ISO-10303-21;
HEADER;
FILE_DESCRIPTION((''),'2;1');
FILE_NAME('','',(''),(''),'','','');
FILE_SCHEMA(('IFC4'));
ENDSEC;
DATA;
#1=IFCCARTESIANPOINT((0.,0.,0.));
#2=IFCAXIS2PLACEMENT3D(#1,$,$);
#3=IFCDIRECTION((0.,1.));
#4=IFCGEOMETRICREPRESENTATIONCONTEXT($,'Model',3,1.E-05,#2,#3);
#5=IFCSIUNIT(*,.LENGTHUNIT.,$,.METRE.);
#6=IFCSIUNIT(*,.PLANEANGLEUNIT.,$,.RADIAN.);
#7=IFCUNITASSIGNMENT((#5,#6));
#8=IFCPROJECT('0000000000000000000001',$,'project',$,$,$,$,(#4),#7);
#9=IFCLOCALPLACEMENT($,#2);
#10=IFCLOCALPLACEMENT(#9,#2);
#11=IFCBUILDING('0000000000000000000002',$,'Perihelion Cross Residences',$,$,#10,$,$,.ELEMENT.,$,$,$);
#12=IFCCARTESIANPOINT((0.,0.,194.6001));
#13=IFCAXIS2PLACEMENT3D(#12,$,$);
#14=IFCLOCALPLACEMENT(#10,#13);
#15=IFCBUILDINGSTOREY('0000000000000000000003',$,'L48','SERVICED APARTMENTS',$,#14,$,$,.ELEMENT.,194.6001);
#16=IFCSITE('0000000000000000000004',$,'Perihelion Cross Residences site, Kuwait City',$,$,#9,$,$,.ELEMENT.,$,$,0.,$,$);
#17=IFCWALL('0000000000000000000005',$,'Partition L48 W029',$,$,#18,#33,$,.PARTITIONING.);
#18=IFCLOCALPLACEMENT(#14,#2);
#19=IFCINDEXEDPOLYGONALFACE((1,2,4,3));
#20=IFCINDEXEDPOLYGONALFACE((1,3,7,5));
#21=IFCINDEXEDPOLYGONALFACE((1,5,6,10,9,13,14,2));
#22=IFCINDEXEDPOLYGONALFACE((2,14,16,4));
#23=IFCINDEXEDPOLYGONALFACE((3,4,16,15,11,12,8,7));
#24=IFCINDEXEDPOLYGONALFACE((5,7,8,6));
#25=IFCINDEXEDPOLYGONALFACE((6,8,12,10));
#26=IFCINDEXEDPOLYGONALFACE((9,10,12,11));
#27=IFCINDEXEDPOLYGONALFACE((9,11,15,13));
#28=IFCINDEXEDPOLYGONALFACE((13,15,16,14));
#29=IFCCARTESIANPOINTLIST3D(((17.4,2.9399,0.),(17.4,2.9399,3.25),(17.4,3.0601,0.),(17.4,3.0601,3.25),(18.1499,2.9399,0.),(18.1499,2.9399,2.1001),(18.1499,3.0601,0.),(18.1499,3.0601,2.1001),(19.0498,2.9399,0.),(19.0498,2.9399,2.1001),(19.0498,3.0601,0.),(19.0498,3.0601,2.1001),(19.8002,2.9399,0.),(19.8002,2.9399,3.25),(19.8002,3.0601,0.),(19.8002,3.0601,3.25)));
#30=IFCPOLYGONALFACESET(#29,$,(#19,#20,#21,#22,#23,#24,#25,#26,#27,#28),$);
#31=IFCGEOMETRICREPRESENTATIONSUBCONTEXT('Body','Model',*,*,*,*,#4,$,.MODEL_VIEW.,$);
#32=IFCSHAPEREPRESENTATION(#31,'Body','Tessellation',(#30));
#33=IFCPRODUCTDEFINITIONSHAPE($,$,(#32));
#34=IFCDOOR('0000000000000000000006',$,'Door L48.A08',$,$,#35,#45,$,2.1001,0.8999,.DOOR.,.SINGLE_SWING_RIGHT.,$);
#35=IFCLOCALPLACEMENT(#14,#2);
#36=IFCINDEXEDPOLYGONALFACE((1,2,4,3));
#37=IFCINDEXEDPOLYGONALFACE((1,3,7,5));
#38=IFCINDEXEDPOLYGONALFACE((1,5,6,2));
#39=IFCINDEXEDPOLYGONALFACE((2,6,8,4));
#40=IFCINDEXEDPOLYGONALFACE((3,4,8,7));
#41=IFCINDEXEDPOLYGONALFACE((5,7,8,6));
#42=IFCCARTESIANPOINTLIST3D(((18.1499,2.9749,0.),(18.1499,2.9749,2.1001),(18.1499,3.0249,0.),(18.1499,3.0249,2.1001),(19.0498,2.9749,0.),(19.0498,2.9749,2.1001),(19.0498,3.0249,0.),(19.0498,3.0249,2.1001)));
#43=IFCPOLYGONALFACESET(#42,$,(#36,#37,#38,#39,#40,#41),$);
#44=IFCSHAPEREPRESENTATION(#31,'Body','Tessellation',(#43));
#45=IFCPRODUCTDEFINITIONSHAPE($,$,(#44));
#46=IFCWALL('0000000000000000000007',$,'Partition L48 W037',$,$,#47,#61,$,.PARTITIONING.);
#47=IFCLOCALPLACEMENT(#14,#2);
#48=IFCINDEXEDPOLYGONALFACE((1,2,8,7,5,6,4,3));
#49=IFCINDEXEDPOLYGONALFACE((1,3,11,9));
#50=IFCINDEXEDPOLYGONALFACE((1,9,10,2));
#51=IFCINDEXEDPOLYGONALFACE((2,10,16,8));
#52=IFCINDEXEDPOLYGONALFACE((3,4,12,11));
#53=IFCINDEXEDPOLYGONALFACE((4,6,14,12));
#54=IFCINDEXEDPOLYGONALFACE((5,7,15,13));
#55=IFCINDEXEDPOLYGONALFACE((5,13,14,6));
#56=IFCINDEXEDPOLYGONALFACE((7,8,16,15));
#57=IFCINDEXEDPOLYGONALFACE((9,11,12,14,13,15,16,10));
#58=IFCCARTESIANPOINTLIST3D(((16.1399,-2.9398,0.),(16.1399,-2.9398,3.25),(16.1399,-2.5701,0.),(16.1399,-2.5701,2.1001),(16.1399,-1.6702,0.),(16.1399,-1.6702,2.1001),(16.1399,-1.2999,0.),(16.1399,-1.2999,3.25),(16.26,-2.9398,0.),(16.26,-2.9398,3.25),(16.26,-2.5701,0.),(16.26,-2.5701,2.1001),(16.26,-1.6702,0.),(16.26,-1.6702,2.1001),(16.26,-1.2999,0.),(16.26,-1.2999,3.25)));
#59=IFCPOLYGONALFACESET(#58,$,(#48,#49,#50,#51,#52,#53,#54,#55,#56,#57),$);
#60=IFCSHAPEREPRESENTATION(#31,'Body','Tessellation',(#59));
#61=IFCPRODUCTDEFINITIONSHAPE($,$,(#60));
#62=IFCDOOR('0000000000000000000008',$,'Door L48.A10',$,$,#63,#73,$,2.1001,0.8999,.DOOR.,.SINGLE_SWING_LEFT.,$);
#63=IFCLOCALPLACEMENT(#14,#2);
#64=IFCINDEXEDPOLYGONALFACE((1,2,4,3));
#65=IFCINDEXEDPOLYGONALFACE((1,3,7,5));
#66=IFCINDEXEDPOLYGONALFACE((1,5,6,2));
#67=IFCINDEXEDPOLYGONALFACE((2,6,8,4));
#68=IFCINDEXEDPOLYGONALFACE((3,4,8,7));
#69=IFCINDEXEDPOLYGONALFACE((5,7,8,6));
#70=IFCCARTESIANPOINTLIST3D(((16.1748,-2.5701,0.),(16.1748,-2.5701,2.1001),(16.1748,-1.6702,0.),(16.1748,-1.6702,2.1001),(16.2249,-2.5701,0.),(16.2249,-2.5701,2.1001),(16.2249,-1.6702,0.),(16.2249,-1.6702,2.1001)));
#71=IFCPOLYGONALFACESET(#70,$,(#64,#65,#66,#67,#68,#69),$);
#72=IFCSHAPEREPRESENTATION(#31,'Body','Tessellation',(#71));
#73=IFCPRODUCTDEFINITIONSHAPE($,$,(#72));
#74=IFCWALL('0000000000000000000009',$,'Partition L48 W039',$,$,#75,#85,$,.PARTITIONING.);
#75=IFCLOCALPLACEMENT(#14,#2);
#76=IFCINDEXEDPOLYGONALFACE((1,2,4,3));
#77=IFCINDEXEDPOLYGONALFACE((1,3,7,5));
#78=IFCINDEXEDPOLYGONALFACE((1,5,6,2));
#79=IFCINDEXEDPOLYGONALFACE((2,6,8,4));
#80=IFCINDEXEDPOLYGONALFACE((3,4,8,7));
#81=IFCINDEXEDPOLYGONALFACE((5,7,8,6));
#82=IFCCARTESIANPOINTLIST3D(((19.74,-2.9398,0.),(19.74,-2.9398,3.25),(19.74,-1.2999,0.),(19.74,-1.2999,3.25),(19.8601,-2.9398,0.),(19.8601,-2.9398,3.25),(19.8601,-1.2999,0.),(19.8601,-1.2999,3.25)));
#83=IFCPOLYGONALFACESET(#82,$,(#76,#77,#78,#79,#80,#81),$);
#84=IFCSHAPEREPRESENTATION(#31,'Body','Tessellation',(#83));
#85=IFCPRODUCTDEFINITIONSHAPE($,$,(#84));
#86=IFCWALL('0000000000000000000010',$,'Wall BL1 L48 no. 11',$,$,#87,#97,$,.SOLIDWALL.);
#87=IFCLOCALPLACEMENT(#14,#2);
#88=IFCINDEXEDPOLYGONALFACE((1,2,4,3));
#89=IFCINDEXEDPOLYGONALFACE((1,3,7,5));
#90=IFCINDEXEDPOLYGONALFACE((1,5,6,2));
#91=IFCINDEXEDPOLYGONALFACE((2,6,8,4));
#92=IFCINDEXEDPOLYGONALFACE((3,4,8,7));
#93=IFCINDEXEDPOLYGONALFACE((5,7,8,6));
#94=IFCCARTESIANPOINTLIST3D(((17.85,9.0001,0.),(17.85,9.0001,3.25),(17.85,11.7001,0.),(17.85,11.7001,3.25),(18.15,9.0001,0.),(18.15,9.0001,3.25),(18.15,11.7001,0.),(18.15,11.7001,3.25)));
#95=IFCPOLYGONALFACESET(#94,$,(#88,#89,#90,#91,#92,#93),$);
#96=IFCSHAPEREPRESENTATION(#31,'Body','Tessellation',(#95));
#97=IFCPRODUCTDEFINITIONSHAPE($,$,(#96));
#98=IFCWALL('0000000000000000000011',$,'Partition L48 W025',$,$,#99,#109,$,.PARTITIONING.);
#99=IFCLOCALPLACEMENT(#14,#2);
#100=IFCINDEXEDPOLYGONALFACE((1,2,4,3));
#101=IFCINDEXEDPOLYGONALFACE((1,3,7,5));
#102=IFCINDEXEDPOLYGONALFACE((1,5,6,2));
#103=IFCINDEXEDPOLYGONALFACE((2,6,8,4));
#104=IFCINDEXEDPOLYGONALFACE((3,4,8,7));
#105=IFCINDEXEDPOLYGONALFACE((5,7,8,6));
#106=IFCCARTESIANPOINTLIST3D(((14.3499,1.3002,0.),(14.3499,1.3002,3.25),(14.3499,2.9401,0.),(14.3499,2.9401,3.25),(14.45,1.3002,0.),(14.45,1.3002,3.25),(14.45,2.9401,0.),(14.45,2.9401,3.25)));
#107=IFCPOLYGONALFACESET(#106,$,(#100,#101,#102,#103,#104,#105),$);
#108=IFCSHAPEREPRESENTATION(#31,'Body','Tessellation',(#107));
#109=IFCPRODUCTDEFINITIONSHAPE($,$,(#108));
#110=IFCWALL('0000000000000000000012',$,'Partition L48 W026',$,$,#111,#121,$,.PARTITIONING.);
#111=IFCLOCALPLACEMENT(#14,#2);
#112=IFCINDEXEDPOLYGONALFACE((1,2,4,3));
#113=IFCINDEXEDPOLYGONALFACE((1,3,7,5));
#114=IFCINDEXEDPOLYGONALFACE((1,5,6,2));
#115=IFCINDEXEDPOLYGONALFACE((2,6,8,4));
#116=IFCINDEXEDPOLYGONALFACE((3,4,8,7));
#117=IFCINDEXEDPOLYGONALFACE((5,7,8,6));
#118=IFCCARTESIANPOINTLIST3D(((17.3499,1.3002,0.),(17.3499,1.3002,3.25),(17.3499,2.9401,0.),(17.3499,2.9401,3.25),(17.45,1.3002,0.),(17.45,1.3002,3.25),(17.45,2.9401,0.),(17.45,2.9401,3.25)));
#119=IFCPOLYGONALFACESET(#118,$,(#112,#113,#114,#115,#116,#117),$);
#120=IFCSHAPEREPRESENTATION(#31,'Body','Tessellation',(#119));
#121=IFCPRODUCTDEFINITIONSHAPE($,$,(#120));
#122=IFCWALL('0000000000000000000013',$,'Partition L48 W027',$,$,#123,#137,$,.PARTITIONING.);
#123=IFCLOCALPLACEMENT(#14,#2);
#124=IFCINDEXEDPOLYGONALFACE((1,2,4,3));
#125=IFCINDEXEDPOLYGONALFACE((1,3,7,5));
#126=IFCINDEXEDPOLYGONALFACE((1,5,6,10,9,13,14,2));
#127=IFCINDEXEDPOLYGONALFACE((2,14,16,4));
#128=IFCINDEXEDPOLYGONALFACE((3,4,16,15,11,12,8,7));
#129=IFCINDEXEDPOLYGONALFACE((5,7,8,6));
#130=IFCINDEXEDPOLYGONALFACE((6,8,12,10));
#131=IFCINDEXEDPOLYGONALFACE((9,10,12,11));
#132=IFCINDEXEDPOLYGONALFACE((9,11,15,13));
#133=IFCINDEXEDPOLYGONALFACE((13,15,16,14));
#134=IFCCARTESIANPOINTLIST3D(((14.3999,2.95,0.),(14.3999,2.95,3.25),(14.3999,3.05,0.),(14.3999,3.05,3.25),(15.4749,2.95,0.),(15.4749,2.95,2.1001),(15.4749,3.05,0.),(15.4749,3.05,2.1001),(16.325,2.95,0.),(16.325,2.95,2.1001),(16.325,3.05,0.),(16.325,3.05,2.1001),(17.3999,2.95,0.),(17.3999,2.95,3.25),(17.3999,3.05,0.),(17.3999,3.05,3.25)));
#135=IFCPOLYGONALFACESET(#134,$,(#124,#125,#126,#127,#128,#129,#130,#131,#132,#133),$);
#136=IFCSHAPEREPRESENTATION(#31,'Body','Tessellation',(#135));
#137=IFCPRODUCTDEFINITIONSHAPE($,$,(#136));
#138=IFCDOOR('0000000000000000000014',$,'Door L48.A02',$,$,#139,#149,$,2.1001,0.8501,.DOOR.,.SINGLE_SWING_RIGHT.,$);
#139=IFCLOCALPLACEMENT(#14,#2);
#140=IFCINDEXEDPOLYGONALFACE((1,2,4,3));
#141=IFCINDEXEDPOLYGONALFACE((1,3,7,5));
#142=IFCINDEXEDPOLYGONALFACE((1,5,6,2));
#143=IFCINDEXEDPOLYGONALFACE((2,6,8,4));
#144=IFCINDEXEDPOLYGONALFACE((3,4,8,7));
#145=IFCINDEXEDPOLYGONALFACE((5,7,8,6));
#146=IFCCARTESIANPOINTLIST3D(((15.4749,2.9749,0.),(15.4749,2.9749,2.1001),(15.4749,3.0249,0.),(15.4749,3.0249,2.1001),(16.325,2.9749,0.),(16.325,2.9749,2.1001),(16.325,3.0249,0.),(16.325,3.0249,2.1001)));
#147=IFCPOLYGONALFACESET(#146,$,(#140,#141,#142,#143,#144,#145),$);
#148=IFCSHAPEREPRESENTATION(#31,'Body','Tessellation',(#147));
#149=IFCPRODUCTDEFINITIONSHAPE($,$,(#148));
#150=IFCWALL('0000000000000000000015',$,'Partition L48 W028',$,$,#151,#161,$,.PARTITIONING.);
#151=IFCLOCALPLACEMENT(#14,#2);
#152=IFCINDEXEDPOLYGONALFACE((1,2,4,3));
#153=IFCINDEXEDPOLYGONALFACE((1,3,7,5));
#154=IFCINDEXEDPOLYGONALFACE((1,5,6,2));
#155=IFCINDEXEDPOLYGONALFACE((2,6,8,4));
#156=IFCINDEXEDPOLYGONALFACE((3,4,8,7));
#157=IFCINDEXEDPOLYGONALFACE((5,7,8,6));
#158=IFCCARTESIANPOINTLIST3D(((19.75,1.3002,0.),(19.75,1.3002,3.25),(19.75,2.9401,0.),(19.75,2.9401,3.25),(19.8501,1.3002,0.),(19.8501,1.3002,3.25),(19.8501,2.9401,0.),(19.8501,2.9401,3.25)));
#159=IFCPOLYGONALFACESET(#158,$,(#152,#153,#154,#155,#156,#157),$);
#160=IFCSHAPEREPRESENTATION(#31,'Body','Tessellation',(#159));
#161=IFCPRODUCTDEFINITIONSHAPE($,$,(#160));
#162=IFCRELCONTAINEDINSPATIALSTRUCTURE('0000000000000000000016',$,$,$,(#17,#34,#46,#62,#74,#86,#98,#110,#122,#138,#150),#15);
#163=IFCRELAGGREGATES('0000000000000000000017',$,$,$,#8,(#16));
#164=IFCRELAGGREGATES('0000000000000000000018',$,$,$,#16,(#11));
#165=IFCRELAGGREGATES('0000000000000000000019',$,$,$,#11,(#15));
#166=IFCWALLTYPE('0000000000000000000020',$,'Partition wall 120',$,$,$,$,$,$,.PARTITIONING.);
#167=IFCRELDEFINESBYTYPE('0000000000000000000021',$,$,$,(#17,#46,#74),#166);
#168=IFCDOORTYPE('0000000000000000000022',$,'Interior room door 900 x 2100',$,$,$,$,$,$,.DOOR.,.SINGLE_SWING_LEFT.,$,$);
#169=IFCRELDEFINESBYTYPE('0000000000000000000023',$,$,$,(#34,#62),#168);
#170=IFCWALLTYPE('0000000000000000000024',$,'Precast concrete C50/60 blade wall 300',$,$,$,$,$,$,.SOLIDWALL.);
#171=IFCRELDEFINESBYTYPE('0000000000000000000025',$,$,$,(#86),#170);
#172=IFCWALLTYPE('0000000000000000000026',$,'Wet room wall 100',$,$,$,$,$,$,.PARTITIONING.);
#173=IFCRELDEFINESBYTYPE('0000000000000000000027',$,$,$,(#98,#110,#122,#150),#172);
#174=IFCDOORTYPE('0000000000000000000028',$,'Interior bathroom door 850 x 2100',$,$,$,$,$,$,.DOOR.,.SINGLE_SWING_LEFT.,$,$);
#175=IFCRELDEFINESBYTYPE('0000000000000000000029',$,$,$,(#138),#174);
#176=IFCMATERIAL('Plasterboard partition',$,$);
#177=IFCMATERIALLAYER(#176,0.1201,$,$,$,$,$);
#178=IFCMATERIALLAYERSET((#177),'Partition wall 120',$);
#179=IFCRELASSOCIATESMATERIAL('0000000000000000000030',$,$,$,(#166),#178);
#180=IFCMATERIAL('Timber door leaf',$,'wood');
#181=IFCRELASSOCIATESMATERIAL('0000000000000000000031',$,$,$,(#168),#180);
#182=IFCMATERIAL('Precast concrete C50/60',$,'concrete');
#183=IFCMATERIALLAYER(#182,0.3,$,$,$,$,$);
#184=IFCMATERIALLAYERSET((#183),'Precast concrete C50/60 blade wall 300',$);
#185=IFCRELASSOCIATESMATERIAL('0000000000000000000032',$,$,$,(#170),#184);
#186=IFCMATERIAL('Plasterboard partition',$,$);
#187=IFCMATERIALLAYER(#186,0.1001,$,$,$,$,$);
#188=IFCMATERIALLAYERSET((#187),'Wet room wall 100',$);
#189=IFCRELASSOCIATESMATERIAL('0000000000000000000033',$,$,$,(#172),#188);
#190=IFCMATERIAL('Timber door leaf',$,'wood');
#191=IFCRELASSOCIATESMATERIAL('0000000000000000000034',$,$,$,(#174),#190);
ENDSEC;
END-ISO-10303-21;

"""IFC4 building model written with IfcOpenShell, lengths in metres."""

from ifc_helpers import new_model, si_unit, direction, frame, frame_2d, origin, place, context, subcontext, project, spatial, rectangle, extrude, material, layer, layer_set, type_object, element, fill, save


model = new_model("IFC4")

# Units and contexts
model_context = context("Model", 3, precision=1e-05, world=origin(), true_north=direction((0.0, 1.0)))
body_context = subcontext(model_context, "Body", "Model", "MODEL_VIEW")
ifc_project = project(units=[si_unit("LENGTHUNIT", "METRE"), si_unit("PLANEANGLEUNIT", "RADIAN")], contexts=[model_context])

# Site, building, storey
site_placement = place(None, origin())
site = spatial("IfcSite", under=ifc_project, at=site_placement, Name="Perihelion Cross Residences site, Kuwait City", CompositionType="ELEMENT", RefElevation=0.0)
building_placement = place(site_placement, origin())
building = spatial("IfcBuilding", under=site, at=building_placement, Name="Perihelion Cross Residences", CompositionType="ELEMENT")
storey_placement = place(building_placement, frame((0.0, 0.0, 194.6001)))
storey = spatial("IfcBuildingStorey", under=building, at=storey_placement, Name="L48", Description="SERVICED APARTMENTS", CompositionType="ELEMENT", Elevation=194.6001)

# Walls, openings, doors
ifc_material_1 = material(Name="Plasterboard partition")
ifc_layer_1 = layer(ifc_material_1, 0.1201)
ifc_layer_set_1 = layer_set([ifc_layer_1], Name="Partition wall 120")
wall_type_1 = type_object("IfcWallType", Name="Partition wall 120", PredefinedType="PARTITIONING", material=ifc_layer_set_1)
ifc_material_2 = material(Name="Timber door leaf", Category="wood")
door_type_1 = type_object("IfcDoorType", Name="Interior room door 900 x 2100", OperationType="SINGLE_SWING_LEFT", PredefinedType="DOOR", material=ifc_material_2)
wall_1_placement = place(storey_placement, frame((17.3999, 3.0, 0.0), z_axis=(0.0, 0.0, 1.0), x_axis=(1.0, 0.0, 0.0)))
wall_1 = element("IfcWall", 1, at=wall_1_placement, inside=storey, type_object=wall_type_1, Name="Partition L48 W029", PredefinedType="PARTITIONING", context=body_context, shape_type="SweptSolid", body=[
    extrude(rectangle(XDim=2.4001, YDim=0.1201, at=frame_2d((1.2002, 0.0))), origin(), (0.0, 0.0, 1.0), 3.25),
])
opening_1_placement = place(wall_1_placement, frame((0.75, 0.0, 0.0)))
opening_1 = element("IfcOpeningElement", 2, at=opening_1_placement, cuts=wall_1, PredefinedType="OPENING", context=body_context, shape_type="SweptSolid", body=[
    extrude(rectangle(XDim=0.8999, YDim=2.1001, at=frame_2d((0.45, 1.05))), frame((0.0, 0.0701, 0.0), z_axis=(0.0, -1.0, 0.0), x_axis=(1.0, 0.0, 0.0)), (0.0, 0.0, 1.0), 0.1401),
])
door_1_placement = place(opening_1_placement, origin())
door_1 = element("IfcDoor", 3, at=door_1_placement, inside=storey, type_object=door_type_1, Name="Door L48.A08", OperationType="SINGLE_SWING_RIGHT", OverallHeight=2.1001, OverallWidth=0.8999, PredefinedType="DOOR", context=body_context, shape_type="SweptSolid", body=[
    extrude(rectangle(XDim=0.8999, YDim=2.1001, at=frame_2d((0.45, 1.05))), frame((0.0, 0.0249, 0.0), z_axis=(0.0, -1.0, 0.0), x_axis=(1.0, 0.0, 0.0)), (0.0, 0.0, 1.0), 0.05),
])
fill(opening_1, door_1)
wall_2_placement = place(storey_placement, frame((16.2, -1.3, 0.0), z_axis=(0.0, 0.0, 1.0), x_axis=(0.0, -1.0, 0.0)))
wall_2 = element("IfcWall", 4, at=wall_2_placement, inside=storey, type_object=wall_type_1, Name="Partition L48 W037", PredefinedType="PARTITIONING", context=body_context, shape_type="SweptSolid", body=[
    extrude(rectangle(XDim=1.6399, YDim=0.1201, at=frame_2d((0.8198, 0.0))), origin(), (0.0, 0.0, 1.0), 3.25),
])
opening_2_placement = place(wall_2_placement, frame((0.3701, 0.0, 0.0)))
opening_2 = element("IfcOpeningElement", 5, at=opening_2_placement, cuts=wall_2, PredefinedType="OPENING", context=body_context, shape_type="SweptSolid", body=[
    extrude(rectangle(XDim=0.8999, YDim=2.1001, at=frame_2d((0.45, 1.05))), frame((0.0, 0.0701, 0.0), z_axis=(0.0, -1.0, 0.0), x_axis=(1.0, 0.0, 0.0)), (0.0, 0.0, 1.0), 0.1401),
])
door_2_placement = place(opening_2_placement, origin())
door_2 = element("IfcDoor", 6, at=door_2_placement, inside=storey, type_object=door_type_1, Name="Door L48.A10", OperationType="SINGLE_SWING_LEFT", OverallHeight=2.1001, OverallWidth=0.8999, PredefinedType="DOOR", context=body_context, shape_type="SweptSolid", body=[
    extrude(rectangle(XDim=0.8999, YDim=2.1001, at=frame_2d((0.45, 1.05))), frame((0.0, 0.0249, 0.0), z_axis=(0.0, -1.0, 0.0), x_axis=(1.0, 0.0, 0.0)), (0.0, 0.0, 1.0), 0.05),
])
fill(opening_2, door_2)

# Walls
wall_3_placement = place(storey_placement, frame((19.8, -1.3, 0.0), z_axis=(0.0, 0.0, 1.0), x_axis=(0.0, -1.0, 0.0)))
element("IfcWall", 7, at=wall_3_placement, inside=storey, type_object=wall_type_1, Name="Partition L48 W039", PredefinedType="PARTITIONING", context=body_context, shape_type="SweptSolid", body=[
    extrude(rectangle(XDim=1.6399, YDim=0.1201, at=frame_2d((0.8198, 0.0))), origin(), (0.0, 0.0, 1.0), 3.25),
])
ifc_material_3 = material(Name="Precast concrete C50/60", Category="concrete")
ifc_layer_2 = layer(ifc_material_3, 0.3)
ifc_layer_set_2 = layer_set([ifc_layer_2], Name="Precast concrete C50/60 blade wall 300")
wall_type_2 = type_object("IfcWallType", Name="Precast concrete C50/60 blade wall 300", PredefinedType="SOLIDWALL", material=ifc_layer_set_2)
wall_4_placement = place(storey_placement, frame((18.0, 9.0, 0.0), z_axis=(0.0, 0.0, 1.0), x_axis=(0.0, 1.0, 0.0)))
element("IfcWall", 8, at=wall_4_placement, inside=storey, type_object=wall_type_2, Name="Wall BL1 L48 no. 11", PredefinedType="SOLIDWALL", context=body_context, shape_type="SweptSolid", body=[
    extrude(rectangle(XDim=2.7, YDim=0.3, at=frame_2d((1.3501, 0.0))), origin(), (0.0, 0.0, 1.0), 3.25),
])
ifc_material_4 = material(Name="Plasterboard partition")
ifc_layer_3 = layer(ifc_material_4, 0.1001)
ifc_layer_set_3 = layer_set([ifc_layer_3], Name="Wet room wall 100")
wall_type_3 = type_object("IfcWallType", Name="Wet room wall 100", PredefinedType="PARTITIONING", material=ifc_layer_set_3)
for number, where, z_axis, x_axis, name in (
    (9, (14.3999, 2.9399, 0.0), (0.0, 0.0, 1.0), (0.0, -1.0, 0.0), "Partition L48 W025"),
    (10, (17.3999, 2.9399, 0.0), (0.0, 0.0, 1.0), (0.0, -1.0, 0.0), "Partition L48 W026"),
):
    element("IfcWall", number, at=place(storey_placement, frame(where, z_axis=z_axis, x_axis=x_axis)), inside=storey, type_object=wall_type_3, Name=name, PredefinedType="PARTITIONING", context=body_context, shape_type="SweptSolid", body=[
        extrude(rectangle(XDim=1.6399, YDim=0.1001, at=frame_2d((0.8198, 0.0))), origin(), (0.0, 0.0, 1.0), 3.25),
    ])

# Wall, opening, door
wall_5_placement = place(storey_placement, frame((14.3999, 3.0, 0.0), z_axis=(0.0, 0.0, 1.0), x_axis=(1.0, 0.0, 0.0)))
wall_5 = element("IfcWall", 11, at=wall_5_placement, inside=storey, type_object=wall_type_3, Name="Partition L48 W027", PredefinedType="PARTITIONING", context=body_context, shape_type="SweptSolid", body=[
    extrude(rectangle(XDim=3.0, YDim=0.1001, at=frame_2d((1.5, 0.0))), origin(), (0.0, 0.0, 1.0), 3.25),
])
opening_3_placement = place(wall_5_placement, frame((1.075, 0.0, 0.0)))
opening_3 = element("IfcOpeningElement", 12, at=opening_3_placement, cuts=wall_5, PredefinedType="OPENING", context=body_context, shape_type="SweptSolid", body=[
    extrude(rectangle(XDim=0.8501, YDim=2.1001, at=frame_2d((0.425, 1.05))), frame((0.0, 0.0601, 0.0), z_axis=(0.0, -1.0, 0.0), x_axis=(1.0, 0.0, 0.0)), (0.0, 0.0, 1.0), 0.1201),
])
ifc_material_5 = material(Name="Timber door leaf", Category="wood")
door_type_2 = type_object("IfcDoorType", Name="Interior bathroom door 850 x 2100", OperationType="SINGLE_SWING_LEFT", PredefinedType="DOOR", material=ifc_material_5)
door_3_placement = place(opening_3_placement, origin())
door_3 = element("IfcDoor", 13, at=door_3_placement, inside=storey, type_object=door_type_2, Name="Door L48.A02", OperationType="SINGLE_SWING_RIGHT", OverallHeight=2.1001, OverallWidth=0.8501, PredefinedType="DOOR", context=body_context, shape_type="SweptSolid", body=[
    extrude(rectangle(XDim=0.8501, YDim=2.1001, at=frame_2d((0.425, 1.05))), frame((0.0, 0.0249, 0.0), z_axis=(0.0, -1.0, 0.0), x_axis=(1.0, 0.0, 0.0)), (0.0, 0.0, 1.0), 0.05),
])
fill(opening_3, door_3)

# Wall
wall_6_placement = place(storey_placement, frame((19.8, 2.9399, 0.0), z_axis=(0.0, 0.0, 1.0), x_axis=(0.0, -1.0, 0.0)))
element("IfcWall", 14, at=wall_6_placement, inside=storey, type_object=wall_type_3, Name="Partition L48 W028", PredefinedType="PARTITIONING", context=body_context, shape_type="SweptSolid", body=[
    extrude(rectangle(XDim=1.6399, YDim=0.1001, at=frame_2d((0.8198, 0.0))), origin(), (0.0, 0.0, 1.0), 3.25),
])

save(model, "model.ifc")
